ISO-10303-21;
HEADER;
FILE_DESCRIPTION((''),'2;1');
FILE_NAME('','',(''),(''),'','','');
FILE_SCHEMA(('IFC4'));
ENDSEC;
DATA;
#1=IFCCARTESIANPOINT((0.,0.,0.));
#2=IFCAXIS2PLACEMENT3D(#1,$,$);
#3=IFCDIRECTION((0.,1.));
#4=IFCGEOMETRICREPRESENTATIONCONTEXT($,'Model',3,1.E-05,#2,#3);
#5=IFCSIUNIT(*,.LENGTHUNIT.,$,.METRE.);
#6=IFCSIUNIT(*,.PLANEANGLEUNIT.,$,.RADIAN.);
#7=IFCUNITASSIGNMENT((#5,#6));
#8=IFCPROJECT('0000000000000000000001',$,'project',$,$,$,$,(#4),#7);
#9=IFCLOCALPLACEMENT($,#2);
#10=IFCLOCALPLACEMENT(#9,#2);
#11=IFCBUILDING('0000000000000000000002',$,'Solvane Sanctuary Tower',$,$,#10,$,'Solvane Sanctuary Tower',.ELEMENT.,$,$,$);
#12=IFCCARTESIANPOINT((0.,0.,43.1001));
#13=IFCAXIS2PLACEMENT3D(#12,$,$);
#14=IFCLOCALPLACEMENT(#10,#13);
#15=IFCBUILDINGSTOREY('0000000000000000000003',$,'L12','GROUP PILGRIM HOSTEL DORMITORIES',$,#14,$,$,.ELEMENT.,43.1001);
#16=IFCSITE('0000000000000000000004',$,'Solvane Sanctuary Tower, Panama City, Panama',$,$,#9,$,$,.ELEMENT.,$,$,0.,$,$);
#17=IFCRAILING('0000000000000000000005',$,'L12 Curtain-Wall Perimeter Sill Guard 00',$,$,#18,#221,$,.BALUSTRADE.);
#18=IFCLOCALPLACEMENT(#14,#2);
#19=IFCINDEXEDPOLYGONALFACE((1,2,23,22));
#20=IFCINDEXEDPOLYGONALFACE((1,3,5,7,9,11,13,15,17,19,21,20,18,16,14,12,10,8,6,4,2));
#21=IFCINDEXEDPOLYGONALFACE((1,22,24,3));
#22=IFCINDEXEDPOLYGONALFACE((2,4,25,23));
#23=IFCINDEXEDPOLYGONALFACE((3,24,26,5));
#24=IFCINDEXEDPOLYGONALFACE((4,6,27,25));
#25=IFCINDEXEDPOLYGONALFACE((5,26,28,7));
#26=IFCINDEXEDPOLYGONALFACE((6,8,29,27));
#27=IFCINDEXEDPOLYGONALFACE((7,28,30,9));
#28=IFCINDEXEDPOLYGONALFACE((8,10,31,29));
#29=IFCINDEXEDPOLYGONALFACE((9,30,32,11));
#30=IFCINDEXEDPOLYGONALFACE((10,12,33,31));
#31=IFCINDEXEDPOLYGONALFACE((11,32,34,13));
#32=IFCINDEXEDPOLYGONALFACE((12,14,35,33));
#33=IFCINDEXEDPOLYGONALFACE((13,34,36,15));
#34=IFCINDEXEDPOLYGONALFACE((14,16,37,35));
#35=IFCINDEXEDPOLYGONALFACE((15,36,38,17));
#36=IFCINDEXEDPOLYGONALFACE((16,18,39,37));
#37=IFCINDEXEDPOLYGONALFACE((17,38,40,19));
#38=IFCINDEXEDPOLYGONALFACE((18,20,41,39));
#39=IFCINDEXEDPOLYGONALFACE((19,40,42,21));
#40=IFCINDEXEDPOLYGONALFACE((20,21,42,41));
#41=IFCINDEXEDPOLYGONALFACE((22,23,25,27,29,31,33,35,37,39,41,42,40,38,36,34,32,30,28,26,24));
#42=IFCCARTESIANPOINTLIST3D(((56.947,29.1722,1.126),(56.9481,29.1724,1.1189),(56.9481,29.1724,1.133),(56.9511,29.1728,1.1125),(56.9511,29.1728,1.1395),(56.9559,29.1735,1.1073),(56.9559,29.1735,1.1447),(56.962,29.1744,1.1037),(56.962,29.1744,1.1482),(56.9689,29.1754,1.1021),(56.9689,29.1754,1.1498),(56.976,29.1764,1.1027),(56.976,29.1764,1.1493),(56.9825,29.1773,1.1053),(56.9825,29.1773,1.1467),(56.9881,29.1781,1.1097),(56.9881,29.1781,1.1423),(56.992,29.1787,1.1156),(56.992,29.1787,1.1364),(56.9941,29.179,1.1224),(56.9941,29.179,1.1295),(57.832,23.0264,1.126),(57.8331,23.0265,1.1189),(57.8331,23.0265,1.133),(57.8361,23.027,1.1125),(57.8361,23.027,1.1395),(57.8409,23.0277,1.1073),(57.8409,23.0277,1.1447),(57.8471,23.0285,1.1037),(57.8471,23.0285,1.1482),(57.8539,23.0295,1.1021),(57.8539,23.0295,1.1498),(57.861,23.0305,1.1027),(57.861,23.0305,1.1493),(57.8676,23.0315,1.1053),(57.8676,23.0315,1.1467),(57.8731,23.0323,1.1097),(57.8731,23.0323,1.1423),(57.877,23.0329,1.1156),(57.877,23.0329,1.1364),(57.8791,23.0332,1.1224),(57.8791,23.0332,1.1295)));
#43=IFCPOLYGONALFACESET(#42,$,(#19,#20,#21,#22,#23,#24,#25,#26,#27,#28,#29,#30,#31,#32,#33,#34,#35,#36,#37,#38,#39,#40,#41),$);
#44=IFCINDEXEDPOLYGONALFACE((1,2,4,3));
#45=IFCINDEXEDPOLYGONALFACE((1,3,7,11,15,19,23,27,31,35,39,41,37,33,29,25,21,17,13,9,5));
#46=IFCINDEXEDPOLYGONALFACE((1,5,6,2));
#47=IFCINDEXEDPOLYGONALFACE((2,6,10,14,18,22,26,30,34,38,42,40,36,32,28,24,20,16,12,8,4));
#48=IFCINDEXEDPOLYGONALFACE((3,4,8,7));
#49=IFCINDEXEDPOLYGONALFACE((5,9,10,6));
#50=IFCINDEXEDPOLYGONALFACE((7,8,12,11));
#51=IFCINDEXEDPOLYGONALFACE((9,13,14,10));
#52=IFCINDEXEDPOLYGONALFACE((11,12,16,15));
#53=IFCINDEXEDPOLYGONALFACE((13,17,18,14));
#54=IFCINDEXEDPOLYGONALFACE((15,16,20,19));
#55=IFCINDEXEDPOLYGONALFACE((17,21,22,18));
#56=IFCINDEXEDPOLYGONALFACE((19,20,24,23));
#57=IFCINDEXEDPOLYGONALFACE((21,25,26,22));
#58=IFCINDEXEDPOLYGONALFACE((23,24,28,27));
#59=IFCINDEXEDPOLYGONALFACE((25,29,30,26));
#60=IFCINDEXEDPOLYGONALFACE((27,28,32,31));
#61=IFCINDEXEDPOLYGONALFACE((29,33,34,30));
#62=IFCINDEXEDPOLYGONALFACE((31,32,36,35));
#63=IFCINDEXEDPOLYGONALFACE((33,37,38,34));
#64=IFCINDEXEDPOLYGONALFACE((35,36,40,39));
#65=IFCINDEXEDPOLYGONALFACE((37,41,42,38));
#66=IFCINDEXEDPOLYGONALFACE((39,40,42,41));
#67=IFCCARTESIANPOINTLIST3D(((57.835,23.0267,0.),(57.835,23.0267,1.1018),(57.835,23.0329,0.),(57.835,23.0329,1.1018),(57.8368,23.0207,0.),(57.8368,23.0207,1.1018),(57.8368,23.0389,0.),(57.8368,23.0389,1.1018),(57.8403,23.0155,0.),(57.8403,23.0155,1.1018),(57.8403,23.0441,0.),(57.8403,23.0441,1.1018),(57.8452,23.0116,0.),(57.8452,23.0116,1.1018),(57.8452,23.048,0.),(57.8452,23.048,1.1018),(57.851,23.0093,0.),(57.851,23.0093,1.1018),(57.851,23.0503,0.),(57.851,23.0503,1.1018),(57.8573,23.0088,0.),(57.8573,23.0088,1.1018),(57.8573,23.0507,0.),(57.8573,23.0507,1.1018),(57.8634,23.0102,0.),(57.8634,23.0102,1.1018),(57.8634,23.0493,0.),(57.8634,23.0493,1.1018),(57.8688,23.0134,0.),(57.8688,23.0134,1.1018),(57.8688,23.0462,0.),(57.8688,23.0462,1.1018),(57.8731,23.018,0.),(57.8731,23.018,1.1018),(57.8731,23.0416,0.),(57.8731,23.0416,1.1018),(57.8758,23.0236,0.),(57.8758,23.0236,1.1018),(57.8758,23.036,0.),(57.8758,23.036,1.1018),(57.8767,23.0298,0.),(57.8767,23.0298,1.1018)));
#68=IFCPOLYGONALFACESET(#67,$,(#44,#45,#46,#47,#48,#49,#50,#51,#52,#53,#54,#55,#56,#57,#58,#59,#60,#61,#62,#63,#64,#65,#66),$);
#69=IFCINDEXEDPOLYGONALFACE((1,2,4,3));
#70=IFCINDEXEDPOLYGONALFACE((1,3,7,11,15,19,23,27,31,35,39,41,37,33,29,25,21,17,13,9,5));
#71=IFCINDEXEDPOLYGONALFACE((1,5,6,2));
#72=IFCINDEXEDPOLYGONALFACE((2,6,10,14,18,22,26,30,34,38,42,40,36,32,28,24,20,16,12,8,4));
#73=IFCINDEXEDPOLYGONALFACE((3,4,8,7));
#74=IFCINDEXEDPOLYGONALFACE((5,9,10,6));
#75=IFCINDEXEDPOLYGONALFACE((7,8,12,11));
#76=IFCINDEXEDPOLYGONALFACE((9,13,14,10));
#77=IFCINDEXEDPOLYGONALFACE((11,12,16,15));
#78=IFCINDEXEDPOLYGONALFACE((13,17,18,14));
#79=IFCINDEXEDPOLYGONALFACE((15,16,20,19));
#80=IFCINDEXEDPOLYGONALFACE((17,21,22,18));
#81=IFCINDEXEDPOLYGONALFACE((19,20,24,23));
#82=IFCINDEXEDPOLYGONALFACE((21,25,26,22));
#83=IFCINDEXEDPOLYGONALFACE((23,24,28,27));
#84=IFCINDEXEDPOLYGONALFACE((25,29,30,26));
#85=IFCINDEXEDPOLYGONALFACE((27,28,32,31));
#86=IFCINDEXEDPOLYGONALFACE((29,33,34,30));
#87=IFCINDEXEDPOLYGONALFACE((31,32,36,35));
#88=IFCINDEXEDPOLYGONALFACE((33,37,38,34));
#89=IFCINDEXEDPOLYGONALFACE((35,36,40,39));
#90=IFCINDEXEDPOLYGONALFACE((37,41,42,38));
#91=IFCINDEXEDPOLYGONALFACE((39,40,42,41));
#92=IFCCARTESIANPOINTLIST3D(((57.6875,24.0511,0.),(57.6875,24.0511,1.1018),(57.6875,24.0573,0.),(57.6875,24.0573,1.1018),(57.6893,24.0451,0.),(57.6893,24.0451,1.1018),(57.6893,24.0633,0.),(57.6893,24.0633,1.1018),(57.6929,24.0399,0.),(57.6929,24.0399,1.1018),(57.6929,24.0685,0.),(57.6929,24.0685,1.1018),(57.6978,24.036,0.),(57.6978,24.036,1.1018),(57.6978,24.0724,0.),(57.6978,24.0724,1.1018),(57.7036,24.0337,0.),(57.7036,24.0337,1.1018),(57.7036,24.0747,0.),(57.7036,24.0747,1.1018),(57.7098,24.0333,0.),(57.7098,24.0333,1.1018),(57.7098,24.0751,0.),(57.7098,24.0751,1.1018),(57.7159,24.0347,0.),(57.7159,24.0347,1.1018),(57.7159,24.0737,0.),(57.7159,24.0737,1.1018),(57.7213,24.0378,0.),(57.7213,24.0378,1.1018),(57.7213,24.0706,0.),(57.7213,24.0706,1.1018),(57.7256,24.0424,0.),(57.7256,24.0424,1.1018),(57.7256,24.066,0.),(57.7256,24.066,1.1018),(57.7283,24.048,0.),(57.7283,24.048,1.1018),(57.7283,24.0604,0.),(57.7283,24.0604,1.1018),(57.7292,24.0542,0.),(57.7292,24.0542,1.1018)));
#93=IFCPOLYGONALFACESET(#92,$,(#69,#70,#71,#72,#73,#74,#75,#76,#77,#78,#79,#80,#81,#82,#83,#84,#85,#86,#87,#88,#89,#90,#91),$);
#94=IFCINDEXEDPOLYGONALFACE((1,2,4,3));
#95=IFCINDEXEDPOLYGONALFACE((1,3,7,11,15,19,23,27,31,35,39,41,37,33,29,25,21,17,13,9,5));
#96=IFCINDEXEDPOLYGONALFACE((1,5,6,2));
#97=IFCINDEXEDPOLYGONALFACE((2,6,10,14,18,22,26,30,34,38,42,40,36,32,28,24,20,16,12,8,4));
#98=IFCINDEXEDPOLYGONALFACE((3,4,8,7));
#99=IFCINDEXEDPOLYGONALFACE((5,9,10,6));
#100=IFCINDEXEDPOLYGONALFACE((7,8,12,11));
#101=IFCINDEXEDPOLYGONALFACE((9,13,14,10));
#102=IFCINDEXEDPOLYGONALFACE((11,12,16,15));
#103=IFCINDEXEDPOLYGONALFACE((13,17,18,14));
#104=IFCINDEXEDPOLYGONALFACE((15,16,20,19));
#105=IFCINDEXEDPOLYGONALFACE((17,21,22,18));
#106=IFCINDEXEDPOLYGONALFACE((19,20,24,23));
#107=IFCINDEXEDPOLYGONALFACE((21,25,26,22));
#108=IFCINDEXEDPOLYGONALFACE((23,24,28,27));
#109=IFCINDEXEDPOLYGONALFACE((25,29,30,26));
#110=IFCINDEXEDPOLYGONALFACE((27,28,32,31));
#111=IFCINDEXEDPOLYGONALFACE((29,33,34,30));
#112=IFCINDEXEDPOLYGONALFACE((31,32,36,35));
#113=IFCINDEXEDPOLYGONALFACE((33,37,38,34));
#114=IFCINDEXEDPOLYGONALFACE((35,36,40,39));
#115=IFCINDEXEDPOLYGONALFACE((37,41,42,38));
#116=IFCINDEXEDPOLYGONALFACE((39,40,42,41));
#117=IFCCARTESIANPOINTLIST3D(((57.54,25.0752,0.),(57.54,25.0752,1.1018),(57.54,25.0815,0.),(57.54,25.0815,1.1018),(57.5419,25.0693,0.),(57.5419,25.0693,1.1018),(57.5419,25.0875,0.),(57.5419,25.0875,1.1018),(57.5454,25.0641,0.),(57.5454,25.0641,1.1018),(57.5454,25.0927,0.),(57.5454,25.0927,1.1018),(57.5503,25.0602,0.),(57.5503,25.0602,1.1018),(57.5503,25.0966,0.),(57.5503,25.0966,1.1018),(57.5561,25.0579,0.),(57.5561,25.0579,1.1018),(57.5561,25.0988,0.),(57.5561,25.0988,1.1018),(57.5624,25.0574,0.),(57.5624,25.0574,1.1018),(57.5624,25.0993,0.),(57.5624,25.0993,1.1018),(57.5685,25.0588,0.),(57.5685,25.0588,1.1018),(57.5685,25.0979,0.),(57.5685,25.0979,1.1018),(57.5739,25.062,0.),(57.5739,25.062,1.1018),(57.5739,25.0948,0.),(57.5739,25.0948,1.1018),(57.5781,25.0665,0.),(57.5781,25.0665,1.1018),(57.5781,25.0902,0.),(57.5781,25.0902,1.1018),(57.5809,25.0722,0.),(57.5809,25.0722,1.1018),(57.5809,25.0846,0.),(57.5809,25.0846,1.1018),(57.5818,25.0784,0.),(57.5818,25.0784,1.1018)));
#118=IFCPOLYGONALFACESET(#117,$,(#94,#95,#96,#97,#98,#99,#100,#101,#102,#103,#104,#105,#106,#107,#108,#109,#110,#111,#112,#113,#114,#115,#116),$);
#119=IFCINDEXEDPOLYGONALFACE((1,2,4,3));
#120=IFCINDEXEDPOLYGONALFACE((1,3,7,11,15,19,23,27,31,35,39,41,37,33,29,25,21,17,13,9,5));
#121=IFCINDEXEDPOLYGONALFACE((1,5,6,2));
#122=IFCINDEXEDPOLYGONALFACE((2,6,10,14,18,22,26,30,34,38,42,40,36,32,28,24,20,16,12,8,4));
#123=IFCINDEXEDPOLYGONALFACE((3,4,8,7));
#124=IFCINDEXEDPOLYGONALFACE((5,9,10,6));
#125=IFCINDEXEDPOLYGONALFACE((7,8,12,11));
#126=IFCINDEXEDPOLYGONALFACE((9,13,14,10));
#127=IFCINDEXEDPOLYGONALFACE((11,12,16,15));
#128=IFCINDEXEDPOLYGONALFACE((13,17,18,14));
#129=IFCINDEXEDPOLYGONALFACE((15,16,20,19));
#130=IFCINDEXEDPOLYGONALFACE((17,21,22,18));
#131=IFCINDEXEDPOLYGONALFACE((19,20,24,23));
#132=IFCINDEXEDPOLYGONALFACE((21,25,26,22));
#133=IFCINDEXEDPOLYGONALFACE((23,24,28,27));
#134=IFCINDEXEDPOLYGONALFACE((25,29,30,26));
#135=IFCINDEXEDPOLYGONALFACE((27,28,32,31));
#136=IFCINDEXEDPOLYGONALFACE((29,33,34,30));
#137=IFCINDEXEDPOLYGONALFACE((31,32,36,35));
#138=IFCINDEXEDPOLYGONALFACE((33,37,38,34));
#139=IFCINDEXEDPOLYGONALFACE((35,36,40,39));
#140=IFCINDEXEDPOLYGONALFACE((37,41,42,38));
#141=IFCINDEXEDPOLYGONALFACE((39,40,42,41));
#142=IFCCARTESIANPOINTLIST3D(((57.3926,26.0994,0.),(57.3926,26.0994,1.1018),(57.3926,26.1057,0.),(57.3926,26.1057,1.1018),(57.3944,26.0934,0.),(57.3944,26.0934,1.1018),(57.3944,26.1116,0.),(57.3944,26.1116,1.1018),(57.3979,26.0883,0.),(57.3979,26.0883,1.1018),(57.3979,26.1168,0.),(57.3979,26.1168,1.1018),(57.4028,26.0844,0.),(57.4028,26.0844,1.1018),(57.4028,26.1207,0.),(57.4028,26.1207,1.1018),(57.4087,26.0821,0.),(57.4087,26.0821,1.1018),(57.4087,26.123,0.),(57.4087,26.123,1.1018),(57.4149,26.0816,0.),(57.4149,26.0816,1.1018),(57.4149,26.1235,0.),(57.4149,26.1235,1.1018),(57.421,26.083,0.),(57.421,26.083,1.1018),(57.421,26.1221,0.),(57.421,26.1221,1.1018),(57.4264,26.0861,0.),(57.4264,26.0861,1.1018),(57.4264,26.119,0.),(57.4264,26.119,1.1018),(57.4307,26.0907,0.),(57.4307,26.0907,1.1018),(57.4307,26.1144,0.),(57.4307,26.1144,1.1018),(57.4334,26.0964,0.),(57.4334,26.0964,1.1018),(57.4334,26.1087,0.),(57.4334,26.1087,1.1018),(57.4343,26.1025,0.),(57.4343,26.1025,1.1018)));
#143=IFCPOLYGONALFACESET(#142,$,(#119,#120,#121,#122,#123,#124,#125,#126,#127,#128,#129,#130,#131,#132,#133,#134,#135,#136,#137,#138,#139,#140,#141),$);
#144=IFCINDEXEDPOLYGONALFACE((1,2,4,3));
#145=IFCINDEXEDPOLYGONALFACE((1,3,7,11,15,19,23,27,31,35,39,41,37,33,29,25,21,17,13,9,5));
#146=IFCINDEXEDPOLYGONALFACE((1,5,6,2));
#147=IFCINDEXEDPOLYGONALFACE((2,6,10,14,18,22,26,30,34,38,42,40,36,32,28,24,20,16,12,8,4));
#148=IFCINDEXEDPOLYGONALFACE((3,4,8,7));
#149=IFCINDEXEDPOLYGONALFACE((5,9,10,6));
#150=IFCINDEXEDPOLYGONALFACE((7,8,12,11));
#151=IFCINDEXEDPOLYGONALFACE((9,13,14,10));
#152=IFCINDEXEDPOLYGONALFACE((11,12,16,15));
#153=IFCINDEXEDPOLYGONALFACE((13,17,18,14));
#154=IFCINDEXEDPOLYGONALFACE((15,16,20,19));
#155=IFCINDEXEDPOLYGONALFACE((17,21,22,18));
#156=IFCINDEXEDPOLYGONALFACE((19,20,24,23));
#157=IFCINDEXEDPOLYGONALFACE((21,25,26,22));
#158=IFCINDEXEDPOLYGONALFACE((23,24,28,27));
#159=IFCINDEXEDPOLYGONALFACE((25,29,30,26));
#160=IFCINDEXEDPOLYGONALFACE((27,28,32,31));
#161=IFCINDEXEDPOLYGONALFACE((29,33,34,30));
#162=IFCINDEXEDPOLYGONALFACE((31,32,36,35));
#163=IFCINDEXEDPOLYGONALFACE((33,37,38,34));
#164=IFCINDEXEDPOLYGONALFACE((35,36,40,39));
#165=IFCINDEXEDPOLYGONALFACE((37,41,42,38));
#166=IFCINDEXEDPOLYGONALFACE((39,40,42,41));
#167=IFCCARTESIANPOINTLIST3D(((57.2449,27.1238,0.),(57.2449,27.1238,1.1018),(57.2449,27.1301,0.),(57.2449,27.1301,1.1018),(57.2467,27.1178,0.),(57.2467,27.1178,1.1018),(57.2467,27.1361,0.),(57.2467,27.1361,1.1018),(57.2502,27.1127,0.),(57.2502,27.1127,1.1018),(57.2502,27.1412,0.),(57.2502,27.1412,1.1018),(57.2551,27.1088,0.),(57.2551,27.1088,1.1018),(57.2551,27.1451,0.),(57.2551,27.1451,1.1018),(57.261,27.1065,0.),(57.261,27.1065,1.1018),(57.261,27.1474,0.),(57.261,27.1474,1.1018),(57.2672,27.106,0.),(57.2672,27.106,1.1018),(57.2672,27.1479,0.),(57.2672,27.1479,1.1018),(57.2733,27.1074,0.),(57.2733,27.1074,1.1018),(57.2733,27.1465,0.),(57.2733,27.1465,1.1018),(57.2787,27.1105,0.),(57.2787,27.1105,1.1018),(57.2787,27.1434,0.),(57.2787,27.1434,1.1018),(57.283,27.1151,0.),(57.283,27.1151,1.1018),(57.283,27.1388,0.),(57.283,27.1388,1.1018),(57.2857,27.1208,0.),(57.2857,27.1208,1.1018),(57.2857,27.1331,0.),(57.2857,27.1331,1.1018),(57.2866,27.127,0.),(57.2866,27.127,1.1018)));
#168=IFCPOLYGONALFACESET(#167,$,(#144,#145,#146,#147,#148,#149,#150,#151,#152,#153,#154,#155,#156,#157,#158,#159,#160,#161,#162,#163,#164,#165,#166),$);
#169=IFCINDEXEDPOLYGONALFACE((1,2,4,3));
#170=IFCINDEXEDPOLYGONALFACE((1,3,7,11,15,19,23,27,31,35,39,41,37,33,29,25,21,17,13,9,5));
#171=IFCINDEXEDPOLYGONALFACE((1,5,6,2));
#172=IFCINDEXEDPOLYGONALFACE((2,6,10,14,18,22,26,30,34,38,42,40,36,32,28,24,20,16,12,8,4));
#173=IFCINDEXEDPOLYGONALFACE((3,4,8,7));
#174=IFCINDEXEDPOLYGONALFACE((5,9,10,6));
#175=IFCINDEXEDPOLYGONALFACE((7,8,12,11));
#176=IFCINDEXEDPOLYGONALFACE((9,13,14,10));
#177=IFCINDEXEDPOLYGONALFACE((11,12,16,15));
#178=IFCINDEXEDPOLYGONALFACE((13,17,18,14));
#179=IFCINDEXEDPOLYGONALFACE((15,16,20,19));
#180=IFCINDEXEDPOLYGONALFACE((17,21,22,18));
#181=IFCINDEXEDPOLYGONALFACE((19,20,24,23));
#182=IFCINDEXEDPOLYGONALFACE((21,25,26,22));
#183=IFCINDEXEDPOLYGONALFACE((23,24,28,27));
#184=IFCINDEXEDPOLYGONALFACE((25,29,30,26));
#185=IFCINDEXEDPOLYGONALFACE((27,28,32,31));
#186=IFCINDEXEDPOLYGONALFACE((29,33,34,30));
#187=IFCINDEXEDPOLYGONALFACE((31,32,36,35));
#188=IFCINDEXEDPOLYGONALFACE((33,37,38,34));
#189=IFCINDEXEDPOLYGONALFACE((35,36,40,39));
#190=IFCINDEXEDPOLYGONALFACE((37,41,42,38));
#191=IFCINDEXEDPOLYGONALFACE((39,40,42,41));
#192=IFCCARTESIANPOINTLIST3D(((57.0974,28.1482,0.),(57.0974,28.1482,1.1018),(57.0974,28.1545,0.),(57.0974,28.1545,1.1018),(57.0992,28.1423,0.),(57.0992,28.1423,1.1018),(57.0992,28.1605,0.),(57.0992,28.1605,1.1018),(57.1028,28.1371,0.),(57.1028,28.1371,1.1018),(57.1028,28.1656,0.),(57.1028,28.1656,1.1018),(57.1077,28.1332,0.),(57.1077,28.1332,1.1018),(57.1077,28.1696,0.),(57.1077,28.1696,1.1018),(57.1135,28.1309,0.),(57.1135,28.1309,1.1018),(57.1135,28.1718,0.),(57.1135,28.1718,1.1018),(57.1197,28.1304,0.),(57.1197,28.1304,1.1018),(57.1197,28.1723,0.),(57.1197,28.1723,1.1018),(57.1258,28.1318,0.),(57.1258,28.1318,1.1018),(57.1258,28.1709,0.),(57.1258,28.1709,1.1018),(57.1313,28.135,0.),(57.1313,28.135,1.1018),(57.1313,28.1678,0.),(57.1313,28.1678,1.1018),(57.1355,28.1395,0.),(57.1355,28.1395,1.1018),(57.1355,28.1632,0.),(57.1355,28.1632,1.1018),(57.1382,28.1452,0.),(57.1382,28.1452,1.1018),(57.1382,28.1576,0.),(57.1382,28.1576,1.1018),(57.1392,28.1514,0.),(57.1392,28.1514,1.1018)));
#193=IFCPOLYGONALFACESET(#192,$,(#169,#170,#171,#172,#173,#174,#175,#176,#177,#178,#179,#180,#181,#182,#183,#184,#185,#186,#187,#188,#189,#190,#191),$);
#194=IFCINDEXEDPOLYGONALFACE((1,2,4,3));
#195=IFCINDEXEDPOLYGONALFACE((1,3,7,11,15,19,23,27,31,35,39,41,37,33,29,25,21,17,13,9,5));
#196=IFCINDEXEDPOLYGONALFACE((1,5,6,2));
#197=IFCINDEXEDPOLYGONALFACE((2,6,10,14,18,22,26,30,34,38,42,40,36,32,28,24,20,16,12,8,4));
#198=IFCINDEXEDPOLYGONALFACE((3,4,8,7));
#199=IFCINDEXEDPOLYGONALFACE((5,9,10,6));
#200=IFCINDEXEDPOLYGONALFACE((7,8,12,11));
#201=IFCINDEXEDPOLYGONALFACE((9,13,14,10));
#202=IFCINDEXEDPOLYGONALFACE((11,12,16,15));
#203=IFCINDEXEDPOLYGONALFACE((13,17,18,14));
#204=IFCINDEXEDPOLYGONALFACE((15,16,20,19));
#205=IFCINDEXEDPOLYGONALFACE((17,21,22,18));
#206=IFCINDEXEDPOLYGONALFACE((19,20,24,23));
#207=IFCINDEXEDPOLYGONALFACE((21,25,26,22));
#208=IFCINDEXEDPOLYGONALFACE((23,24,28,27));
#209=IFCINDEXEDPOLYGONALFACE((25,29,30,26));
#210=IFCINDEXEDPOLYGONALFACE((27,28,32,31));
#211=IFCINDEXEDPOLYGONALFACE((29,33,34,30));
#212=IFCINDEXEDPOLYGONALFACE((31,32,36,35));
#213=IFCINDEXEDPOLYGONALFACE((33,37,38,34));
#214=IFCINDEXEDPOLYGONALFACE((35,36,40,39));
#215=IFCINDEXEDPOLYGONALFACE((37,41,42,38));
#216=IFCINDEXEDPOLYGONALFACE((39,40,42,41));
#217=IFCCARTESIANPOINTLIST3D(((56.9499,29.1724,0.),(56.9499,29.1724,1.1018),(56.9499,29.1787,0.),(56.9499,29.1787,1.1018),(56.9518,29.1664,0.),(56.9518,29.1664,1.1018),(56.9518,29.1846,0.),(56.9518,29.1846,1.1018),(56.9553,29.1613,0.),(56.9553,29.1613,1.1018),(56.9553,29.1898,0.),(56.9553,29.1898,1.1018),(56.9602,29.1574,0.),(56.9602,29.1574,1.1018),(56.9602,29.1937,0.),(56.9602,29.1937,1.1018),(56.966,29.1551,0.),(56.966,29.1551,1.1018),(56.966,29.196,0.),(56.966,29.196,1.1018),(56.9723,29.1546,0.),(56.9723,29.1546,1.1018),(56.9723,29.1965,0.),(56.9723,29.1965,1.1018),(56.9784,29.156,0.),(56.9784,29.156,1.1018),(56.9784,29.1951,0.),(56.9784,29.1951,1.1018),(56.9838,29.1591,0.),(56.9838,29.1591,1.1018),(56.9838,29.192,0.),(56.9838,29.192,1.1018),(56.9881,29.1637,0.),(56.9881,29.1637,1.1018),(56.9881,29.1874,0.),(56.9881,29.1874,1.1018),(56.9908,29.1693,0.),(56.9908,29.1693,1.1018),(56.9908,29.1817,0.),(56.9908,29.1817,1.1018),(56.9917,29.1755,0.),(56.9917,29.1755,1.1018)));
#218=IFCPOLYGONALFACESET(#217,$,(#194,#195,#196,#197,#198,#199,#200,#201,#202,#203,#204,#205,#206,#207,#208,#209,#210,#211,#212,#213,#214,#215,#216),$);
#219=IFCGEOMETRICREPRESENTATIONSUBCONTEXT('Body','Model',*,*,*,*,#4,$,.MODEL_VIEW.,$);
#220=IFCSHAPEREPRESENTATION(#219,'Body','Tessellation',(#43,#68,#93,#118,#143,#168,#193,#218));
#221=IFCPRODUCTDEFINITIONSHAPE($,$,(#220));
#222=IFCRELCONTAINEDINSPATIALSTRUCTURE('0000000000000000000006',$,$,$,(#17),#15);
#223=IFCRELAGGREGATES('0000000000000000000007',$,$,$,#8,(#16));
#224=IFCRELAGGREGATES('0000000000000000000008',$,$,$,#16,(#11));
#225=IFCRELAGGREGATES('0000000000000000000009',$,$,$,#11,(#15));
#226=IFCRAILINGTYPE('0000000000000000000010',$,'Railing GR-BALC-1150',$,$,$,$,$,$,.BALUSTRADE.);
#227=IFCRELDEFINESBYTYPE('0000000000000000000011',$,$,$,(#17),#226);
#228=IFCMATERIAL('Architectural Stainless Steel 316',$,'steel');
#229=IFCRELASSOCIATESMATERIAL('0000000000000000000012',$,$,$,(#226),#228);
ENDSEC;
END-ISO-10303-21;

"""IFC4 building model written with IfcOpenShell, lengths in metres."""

from ifc_helpers import new_model, si_unit, direction, frame, origin, origin_2d, place, context, subcontext, project, spatial, circle, extrude, material, type_object, element, save


model = new_model("IFC4")

# Units and contexts
model_context = context("Model", 3, precision=1e-05, world=origin(), true_north=direction((0.0, 1.0)))
body_context = subcontext(model_context, "Body", "Model", "MODEL_VIEW")
ifc_project = project(units=[si_unit("LENGTHUNIT", "METRE"), si_unit("PLANEANGLEUNIT", "RADIAN")], contexts=[model_context])

# Site, building, storey
site_placement = place(None, origin())
site = spatial("IfcSite", under=ifc_project, at=site_placement, Name="Solvane Sanctuary Tower, Panama City, Panama", CompositionType="ELEMENT", RefElevation=0.0)
building_placement = place(site_placement, origin())
building = spatial("IfcBuilding", under=site, at=building_placement, Name="Solvane Sanctuary Tower", LongName="Solvane Sanctuary Tower", CompositionType="ELEMENT")
storey_placement = place(building_placement, frame((0.0, 0.0, 43.1001)))
storey = spatial("IfcBuildingStorey", under=building, at=storey_placement, Name="L12", Description="GROUP PILGRIM HOSTEL DORMITORIES", CompositionType="ELEMENT", Elevation=43.1001)

# Shared definitions
ifc_material_1 = material(Name="Architectural Stainless Steel 316", Category="steel")

# Railing
railing_type_1 = type_object("IfcRailingType", Name="Railing GR-BALC-1150", PredefinedType="BALUSTRADE", material=ifc_material_1)
railing_1_placement = place(storey_placement, frame((57.8557, 23.0298, 0.0)))
element("IfcRailing", 1, at=railing_1_placement, inside=storey, type_object=railing_type_1, Name="L12 Curtain-Wall Perimeter Sill Guard 00", PredefinedType="BALUSTRADE", context=body_context, shape_type="SweptSolid", body=[
    extrude(circle(Radius=0.0239, at=origin_2d()), frame((0.0, 0.0, 1.126), z_axis=(-0.142533, 0.98979, 0.0), x_axis=(-0.98979, -0.142533, 0.0)), (0.0, 0.0, 1.0), 6.2092),
    extrude(circle(Radius=0.021, at=origin_2d()), origin(), (0.0, 0.0, 1.0), 1.1018),
    extrude(circle(Radius=0.021, at=origin_2d()), frame((-0.1475, 1.0244, 0.0)), (0.0, 0.0, 1.0), 1.1018),
    extrude(circle(Radius=0.021, at=origin_2d()), frame((-0.2949, 2.0486, 0.0)), (0.0, 0.0, 1.0), 1.1018),
    extrude(circle(Radius=0.021, at=origin_2d()), frame((-0.4424, 3.0728, 0.0)), (0.0, 0.0, 1.0), 1.1018),
    extrude(circle(Radius=0.021, at=origin_2d()), frame((-0.5901, 4.0972, 0.0)), (0.0, 0.0, 1.0), 1.1018),
    extrude(circle(Radius=0.021, at=origin_2d()), frame((-0.7375, 5.1216, 0.0)), (0.0, 0.0, 1.0), 1.1018),
    extrude(circle(Radius=0.021, at=origin_2d()), frame((-0.885, 6.1458, 0.0)), (0.0, 0.0, 1.0), 1.1018),
])

save(model, "model.ifc")
